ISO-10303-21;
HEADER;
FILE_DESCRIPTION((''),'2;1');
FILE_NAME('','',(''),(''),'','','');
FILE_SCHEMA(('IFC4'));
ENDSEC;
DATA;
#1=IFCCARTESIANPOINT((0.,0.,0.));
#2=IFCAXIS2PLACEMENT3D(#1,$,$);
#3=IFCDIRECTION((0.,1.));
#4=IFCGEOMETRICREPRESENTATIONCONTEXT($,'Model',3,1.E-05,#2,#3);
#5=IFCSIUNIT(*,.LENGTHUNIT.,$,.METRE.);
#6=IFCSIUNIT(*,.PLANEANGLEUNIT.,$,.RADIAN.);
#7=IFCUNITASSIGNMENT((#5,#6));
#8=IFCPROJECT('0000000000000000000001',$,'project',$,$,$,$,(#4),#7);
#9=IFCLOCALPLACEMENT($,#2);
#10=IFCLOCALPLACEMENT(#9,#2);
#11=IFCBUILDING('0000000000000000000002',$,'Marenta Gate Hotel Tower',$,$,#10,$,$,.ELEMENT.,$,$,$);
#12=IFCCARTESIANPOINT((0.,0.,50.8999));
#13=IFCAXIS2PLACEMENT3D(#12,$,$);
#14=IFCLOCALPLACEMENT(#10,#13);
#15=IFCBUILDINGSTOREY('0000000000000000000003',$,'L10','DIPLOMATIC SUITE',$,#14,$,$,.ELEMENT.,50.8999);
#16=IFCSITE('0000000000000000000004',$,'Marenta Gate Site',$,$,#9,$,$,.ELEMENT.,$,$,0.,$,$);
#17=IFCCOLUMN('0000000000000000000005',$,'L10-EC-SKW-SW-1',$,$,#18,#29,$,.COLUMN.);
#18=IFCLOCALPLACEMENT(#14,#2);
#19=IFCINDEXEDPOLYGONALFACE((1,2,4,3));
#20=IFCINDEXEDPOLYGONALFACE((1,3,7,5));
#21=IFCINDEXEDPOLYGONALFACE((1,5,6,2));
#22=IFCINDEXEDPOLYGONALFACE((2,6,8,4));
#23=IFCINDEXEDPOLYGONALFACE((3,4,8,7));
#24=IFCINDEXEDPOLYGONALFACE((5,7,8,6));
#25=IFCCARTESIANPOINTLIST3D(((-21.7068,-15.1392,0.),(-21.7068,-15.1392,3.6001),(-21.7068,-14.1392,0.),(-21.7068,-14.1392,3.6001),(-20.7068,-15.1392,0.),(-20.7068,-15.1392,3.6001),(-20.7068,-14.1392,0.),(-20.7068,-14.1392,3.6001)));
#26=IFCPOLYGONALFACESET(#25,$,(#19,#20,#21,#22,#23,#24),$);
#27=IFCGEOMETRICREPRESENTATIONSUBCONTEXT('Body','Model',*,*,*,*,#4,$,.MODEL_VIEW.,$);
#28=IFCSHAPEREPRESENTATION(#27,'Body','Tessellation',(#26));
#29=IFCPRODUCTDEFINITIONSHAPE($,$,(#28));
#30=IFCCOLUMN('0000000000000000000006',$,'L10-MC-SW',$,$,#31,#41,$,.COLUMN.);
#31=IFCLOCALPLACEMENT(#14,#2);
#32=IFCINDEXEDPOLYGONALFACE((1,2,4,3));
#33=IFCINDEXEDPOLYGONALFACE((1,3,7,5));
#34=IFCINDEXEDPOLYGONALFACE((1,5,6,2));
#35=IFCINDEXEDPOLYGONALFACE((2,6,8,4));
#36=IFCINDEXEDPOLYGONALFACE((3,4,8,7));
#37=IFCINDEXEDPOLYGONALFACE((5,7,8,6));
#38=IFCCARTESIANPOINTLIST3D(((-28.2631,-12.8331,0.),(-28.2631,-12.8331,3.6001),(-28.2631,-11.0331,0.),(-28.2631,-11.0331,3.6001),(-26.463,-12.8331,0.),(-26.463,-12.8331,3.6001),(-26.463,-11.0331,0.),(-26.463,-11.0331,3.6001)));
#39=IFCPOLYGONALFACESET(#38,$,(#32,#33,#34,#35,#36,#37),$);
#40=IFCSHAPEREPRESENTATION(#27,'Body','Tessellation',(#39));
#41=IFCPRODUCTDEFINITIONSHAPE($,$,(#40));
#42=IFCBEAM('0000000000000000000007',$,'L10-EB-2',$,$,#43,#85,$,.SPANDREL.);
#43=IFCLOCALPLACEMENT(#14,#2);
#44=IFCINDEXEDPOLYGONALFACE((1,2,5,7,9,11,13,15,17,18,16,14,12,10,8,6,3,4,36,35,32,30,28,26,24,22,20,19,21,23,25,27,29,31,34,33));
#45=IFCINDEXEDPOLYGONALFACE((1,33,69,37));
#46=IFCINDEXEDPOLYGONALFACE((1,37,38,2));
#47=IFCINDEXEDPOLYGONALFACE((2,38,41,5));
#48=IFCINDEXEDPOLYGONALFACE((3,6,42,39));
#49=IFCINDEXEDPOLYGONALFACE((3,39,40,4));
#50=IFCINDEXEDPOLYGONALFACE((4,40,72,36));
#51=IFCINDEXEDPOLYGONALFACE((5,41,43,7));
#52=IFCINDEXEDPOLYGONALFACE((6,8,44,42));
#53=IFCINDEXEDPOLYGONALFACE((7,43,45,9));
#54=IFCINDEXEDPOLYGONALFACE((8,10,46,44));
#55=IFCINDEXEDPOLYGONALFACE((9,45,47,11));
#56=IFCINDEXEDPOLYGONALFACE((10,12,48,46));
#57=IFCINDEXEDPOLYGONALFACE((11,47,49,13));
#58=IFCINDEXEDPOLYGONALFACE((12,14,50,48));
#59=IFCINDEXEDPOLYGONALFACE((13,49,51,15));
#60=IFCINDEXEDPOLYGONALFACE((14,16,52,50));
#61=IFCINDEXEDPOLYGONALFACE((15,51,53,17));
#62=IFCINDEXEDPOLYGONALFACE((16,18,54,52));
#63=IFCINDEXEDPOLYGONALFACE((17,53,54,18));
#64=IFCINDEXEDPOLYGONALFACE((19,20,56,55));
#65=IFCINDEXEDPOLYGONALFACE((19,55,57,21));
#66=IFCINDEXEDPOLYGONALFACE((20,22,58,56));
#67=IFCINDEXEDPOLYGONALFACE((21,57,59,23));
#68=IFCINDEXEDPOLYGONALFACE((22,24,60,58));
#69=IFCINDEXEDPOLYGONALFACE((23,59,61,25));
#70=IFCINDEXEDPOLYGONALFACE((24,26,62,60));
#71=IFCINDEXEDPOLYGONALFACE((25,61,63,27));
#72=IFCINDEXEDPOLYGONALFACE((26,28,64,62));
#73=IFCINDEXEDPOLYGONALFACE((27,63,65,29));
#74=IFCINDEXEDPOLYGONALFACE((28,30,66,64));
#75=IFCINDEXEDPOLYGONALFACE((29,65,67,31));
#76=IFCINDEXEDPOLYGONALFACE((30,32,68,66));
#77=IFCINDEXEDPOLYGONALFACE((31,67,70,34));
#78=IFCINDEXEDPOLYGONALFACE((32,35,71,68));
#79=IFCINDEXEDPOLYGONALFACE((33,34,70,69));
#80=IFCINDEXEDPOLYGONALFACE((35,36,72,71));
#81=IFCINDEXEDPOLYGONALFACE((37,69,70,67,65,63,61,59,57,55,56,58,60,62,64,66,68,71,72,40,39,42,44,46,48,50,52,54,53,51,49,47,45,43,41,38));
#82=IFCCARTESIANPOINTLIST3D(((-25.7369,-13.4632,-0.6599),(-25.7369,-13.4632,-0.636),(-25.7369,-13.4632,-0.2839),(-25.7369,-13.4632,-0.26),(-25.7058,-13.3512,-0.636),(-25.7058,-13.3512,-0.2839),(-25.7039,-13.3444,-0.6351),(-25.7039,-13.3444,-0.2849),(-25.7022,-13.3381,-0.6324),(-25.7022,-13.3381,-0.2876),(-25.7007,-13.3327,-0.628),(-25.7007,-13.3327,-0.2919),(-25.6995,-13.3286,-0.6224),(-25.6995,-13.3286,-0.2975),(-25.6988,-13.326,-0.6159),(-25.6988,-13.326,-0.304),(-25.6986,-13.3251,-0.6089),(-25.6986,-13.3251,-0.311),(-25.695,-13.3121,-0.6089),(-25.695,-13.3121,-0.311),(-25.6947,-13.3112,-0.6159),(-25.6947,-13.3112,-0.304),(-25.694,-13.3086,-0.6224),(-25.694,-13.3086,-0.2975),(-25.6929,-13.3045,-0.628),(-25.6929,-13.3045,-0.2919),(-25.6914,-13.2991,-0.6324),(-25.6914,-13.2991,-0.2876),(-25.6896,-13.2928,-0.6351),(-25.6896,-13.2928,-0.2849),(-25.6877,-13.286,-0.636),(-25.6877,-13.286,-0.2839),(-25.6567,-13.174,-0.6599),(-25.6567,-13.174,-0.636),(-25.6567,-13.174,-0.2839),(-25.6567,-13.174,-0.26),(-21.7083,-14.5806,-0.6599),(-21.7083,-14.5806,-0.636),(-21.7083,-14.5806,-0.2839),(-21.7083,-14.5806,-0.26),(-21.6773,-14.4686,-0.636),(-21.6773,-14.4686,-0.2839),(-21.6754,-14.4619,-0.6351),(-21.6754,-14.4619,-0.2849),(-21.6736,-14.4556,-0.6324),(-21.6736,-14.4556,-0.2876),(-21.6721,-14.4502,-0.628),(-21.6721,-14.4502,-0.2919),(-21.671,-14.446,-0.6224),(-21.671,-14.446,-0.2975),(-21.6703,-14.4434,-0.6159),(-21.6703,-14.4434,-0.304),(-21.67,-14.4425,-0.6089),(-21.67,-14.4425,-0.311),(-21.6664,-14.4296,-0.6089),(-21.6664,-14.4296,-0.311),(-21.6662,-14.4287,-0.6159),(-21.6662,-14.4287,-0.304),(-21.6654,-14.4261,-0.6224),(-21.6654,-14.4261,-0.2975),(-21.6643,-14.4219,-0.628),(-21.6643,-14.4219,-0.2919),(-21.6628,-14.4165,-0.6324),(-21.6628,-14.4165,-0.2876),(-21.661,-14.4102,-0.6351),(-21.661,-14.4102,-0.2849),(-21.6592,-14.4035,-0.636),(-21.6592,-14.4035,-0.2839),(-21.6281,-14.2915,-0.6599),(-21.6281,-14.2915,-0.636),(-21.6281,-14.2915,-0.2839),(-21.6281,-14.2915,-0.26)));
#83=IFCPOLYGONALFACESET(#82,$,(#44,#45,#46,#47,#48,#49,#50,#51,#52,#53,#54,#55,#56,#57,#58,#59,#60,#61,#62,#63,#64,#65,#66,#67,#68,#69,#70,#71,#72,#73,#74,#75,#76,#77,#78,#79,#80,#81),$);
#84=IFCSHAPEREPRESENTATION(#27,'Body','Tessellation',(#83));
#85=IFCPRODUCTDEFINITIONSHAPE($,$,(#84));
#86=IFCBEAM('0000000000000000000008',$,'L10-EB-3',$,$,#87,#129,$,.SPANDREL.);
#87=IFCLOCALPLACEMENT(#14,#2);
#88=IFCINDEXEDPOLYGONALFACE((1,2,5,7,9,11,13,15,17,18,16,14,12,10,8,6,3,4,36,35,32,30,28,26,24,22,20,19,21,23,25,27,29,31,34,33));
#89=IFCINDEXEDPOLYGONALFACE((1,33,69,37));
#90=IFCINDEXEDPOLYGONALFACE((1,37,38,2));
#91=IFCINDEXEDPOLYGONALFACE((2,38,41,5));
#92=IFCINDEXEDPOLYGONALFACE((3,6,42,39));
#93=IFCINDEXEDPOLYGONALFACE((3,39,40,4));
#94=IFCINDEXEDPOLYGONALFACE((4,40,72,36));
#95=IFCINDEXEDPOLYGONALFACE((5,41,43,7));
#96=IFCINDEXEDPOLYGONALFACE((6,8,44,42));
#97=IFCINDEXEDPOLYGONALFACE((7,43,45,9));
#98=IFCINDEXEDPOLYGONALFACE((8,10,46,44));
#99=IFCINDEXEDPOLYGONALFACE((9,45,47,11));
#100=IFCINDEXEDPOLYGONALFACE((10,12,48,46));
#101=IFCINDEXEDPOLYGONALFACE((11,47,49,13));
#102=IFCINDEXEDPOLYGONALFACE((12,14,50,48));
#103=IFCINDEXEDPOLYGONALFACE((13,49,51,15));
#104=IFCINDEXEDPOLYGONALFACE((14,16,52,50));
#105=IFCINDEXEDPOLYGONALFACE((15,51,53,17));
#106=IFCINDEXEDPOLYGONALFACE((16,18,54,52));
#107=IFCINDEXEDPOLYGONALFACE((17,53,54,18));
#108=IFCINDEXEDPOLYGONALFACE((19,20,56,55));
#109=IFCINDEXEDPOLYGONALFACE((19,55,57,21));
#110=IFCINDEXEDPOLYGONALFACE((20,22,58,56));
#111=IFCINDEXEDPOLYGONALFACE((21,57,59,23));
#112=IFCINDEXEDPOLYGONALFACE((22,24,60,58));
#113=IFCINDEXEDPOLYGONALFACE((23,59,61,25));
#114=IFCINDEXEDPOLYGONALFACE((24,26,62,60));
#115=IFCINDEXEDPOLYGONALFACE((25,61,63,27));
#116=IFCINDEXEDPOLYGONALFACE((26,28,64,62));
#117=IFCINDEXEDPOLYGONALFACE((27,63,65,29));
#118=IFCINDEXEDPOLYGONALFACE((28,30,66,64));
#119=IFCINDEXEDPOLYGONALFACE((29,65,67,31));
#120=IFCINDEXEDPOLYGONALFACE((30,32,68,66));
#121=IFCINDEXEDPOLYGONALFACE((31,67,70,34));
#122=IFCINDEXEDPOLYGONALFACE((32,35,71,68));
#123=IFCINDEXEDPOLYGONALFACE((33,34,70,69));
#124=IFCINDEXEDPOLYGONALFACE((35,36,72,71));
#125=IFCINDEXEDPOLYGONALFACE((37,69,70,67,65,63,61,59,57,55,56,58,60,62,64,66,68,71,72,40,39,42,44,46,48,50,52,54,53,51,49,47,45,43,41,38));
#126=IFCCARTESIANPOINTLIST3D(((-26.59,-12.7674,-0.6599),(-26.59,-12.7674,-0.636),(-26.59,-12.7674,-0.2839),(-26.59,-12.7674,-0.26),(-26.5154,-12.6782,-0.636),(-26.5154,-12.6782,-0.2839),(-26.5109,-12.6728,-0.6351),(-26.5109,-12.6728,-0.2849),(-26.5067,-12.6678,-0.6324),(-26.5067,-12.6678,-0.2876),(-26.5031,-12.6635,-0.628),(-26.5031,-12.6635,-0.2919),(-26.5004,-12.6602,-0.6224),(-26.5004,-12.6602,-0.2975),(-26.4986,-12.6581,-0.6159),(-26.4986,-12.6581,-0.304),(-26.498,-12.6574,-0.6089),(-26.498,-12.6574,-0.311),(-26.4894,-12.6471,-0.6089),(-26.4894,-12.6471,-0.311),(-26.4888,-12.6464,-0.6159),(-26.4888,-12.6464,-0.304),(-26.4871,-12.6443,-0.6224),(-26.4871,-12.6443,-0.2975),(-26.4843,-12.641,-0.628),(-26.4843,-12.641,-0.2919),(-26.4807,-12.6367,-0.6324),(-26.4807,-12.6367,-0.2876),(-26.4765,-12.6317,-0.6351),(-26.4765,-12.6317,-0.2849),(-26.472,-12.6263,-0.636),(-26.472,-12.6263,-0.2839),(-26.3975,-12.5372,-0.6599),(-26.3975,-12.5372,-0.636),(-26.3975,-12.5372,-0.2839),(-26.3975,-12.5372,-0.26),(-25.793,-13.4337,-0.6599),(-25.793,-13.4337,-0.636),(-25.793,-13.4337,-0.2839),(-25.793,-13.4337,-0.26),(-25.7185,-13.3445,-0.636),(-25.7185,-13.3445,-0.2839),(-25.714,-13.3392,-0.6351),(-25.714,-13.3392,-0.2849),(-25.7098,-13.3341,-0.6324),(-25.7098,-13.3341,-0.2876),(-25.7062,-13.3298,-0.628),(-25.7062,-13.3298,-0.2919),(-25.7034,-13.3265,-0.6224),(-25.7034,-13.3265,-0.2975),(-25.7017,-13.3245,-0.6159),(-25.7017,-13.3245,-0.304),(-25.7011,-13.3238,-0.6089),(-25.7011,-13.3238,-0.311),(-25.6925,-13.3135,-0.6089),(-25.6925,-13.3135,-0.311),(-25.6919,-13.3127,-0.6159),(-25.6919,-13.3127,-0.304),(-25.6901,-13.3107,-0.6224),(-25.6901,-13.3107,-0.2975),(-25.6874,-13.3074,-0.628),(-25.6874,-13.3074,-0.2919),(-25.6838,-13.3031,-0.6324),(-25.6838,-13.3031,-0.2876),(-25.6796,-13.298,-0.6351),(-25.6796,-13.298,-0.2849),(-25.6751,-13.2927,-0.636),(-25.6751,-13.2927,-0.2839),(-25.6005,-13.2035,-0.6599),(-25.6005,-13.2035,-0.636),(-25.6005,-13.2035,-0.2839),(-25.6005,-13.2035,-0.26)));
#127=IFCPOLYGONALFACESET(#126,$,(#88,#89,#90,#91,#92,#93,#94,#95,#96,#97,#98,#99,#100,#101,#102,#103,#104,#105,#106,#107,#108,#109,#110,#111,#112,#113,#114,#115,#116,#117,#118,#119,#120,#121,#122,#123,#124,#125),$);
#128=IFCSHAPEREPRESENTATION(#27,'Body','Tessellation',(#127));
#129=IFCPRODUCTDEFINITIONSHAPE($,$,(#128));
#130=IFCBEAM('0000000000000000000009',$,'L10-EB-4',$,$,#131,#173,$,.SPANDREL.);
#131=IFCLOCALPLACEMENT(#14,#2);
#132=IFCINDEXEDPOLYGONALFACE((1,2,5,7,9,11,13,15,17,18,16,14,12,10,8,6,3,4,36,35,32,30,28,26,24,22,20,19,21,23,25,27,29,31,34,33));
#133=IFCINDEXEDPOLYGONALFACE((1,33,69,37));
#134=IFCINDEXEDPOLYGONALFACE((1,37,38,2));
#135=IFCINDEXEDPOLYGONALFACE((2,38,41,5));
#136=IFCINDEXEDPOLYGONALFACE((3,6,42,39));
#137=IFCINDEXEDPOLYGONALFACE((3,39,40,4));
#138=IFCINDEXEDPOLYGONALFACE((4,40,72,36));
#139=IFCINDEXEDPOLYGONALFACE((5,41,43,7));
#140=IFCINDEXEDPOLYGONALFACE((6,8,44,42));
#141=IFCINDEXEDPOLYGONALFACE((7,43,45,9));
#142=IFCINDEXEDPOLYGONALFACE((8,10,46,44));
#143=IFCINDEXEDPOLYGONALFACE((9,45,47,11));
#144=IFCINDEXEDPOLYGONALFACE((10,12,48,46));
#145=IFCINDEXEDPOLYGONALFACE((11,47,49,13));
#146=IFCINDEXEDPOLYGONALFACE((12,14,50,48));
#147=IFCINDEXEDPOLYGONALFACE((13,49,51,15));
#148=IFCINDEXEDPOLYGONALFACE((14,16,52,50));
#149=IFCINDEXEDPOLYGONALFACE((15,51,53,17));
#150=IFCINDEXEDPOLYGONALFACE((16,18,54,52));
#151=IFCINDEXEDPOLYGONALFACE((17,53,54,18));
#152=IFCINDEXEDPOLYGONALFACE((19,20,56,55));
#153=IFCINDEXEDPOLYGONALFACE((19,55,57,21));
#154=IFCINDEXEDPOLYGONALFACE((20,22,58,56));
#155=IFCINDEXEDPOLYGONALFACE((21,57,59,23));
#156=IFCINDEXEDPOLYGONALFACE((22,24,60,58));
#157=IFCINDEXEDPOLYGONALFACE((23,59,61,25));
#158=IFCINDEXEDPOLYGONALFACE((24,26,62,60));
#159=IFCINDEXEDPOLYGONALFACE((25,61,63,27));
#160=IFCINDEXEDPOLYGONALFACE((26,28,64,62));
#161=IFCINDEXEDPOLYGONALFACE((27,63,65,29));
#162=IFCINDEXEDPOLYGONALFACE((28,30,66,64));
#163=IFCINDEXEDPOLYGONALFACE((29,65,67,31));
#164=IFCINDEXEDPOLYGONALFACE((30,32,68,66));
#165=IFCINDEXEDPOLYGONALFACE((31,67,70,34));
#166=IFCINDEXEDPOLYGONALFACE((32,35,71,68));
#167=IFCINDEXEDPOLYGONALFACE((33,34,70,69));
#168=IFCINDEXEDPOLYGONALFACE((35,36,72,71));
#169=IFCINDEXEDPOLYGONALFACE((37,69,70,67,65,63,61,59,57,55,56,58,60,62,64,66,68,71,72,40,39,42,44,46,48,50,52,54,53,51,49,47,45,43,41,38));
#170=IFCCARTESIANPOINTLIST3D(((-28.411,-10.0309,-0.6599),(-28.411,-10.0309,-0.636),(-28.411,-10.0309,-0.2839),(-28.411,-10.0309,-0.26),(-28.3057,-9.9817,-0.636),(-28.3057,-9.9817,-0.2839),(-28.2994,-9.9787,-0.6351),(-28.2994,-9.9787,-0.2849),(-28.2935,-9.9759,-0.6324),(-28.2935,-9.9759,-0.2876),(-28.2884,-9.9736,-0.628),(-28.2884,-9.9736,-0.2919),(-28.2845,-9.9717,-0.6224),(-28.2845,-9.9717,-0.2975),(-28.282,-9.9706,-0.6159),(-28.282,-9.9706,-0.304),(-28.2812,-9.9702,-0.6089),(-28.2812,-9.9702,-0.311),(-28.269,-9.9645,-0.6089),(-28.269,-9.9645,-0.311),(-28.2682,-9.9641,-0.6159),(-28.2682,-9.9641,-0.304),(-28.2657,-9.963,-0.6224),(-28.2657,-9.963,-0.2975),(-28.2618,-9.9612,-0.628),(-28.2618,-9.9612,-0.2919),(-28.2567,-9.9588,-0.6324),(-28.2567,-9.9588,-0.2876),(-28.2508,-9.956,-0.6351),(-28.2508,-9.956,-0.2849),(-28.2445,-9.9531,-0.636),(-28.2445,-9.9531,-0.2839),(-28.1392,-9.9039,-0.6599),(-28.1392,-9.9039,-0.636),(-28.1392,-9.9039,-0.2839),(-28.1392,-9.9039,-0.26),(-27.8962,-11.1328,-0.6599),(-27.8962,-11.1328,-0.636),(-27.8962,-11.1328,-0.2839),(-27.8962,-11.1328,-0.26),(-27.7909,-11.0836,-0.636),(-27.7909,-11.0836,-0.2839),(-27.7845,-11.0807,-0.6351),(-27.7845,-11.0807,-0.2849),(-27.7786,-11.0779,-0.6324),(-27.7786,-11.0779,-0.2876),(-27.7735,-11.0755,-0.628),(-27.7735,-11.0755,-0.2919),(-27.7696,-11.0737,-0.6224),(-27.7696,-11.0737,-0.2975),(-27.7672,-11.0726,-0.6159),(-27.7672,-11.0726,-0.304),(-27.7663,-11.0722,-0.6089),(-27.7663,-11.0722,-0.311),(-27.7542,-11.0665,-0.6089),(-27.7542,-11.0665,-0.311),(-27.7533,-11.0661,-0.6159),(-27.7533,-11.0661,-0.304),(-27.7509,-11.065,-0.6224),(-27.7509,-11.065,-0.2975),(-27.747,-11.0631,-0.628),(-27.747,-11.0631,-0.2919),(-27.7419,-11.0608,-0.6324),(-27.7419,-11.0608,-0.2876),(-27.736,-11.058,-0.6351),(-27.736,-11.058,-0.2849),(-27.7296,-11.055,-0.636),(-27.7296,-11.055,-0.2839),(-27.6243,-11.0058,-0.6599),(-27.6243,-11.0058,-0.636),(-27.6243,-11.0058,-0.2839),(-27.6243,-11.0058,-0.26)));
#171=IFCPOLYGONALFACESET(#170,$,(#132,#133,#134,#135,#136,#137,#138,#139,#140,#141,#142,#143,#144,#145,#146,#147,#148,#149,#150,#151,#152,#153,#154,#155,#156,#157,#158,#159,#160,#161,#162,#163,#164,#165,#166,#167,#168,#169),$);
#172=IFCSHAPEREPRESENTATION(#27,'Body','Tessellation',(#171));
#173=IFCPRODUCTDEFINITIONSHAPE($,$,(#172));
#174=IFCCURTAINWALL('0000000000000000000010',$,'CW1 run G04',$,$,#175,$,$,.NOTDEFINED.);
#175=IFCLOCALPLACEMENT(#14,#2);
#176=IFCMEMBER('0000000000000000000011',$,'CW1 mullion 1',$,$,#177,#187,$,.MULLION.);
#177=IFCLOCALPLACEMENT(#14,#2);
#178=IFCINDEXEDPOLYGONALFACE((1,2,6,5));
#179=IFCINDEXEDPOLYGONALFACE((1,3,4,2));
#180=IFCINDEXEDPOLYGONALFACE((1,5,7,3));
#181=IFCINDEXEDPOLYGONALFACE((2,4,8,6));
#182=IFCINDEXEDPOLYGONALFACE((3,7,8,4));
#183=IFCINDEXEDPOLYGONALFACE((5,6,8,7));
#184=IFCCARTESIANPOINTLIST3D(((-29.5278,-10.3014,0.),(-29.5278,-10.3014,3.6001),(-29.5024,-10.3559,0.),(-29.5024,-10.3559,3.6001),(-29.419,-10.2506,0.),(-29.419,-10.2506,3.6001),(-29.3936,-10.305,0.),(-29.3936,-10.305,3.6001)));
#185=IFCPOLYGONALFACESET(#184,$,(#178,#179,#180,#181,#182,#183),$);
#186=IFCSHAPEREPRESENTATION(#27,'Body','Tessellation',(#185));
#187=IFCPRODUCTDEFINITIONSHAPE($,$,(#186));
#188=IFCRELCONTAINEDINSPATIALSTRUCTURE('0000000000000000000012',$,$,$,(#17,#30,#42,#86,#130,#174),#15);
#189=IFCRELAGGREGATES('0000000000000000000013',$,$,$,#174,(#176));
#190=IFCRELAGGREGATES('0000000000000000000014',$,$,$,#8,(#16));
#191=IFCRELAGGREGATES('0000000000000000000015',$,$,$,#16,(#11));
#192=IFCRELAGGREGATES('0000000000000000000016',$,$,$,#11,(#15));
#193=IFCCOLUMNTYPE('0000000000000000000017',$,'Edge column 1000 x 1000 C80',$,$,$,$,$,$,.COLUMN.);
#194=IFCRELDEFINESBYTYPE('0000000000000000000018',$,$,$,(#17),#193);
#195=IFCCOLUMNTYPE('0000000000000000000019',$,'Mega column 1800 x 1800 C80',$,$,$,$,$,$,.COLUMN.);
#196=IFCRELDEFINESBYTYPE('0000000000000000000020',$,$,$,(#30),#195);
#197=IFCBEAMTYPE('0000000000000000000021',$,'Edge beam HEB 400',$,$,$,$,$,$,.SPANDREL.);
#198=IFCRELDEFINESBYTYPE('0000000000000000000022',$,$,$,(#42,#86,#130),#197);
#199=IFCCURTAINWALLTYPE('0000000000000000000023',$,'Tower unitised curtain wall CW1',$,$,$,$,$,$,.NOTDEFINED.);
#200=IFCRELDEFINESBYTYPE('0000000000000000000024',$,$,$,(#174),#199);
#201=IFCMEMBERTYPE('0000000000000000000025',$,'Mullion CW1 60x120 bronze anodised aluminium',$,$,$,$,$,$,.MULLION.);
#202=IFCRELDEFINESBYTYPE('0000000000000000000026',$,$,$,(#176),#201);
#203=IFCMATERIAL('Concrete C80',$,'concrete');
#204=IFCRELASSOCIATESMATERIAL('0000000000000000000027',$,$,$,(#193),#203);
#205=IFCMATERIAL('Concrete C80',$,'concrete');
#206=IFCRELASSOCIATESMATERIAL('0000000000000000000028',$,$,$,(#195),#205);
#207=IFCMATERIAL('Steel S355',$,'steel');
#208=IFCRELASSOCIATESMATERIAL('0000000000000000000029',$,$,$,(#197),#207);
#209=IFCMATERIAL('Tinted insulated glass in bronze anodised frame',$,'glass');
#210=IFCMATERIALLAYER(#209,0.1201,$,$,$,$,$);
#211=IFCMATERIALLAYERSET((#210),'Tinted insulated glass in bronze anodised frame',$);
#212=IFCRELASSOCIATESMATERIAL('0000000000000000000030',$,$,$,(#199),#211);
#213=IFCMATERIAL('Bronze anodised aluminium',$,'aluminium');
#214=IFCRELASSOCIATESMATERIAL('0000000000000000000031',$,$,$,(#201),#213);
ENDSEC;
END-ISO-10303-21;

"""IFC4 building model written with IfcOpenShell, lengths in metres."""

from ifc_helpers import new_model, si_unit, direction, frame, origin, origin_2d, place, context, subcontext, project, spatial, rectangle, i_section, extrude, material, layer, layer_set, material_profile, profile_set, type_object, element, aggregate, save


model = new_model("IFC4")

# Units and contexts
model_context = context("Model", 3, precision=1e-05, world=origin(), true_north=direction((0.0, 1.0)))
body_context = subcontext(model_context, "Body", "Model", "MODEL_VIEW")
ifc_project = project(units=[si_unit("LENGTHUNIT", "METRE"), si_unit("PLANEANGLEUNIT", "RADIAN")], contexts=[model_context])

# Site, building, storey
site_placement = place(None, origin())
site = spatial("IfcSite", under=ifc_project, at=site_placement, Name="Marenta Gate Site", CompositionType="ELEMENT", RefElevation=0.0)
building_placement = place(site_placement, origin())
building = spatial("IfcBuilding", under=site, at=building_placement, Name="Marenta Gate Hotel Tower", CompositionType="ELEMENT")
storey_placement = place(building_placement, frame((0.0, 0.0, 50.8999)))
storey = spatial("IfcBuildingStorey", under=building, at=storey_placement, Name="L10", Description="DIPLOMATIC SUITE", CompositionType="ELEMENT", Elevation=50.8999)

# Columns
ifc_material_1 = material(Name="Concrete C80", Category="concrete")
ifc_material_profile_1 = material_profile(ifc_material_1, rectangle(XDim=1.0, YDim=1.0, at=origin_2d()), Name="1000 x 1000")
ifc_profile_set_1 = profile_set([ifc_material_profile_1], Name="Concrete C80")
column_type_1 = type_object("IfcColumnType", Name="Edge column 1000 x 1000 C80", PredefinedType="COLUMN", material=ifc_profile_set_1)
column_1_placement = place(storey_placement, frame((-21.2068, -14.6392, 0.0), z_axis=(0.0, 0.0, 1.0), x_axis=(1.0, 0.0, 0.0)))
element("IfcColumn", 1, at=column_1_placement, inside=storey, type_object=column_type_1, Name="L10-EC-SKW-SW-1", PredefinedType="COLUMN", context=body_context, shape_type="SweptSolid", body=[
    extrude(rectangle(XDim=1.0, YDim=1.0, at=origin_2d()), origin(), (0.0, 0.0, 1.0), 3.6001),
])
ifc_material_2 = material(Name="Concrete C80", Category="concrete")
ifc_material_profile_2 = material_profile(ifc_material_2, rectangle(XDim=1.8, YDim=1.8, at=origin_2d()), Name="1800 x 1800")
ifc_profile_set_2 = profile_set([ifc_material_profile_2], Name="Concrete C80")
column_type_2 = type_object("IfcColumnType", Name="Mega column 1800 x 1800 C80", PredefinedType="COLUMN", material=ifc_profile_set_2)
column_2_placement = place(storey_placement, frame((-27.363, -11.9331, 0.0), z_axis=(0.0, 0.0, 1.0), x_axis=(1.0, 0.0, 0.0)))
element("IfcColumn", 2, at=column_2_placement, inside=storey, type_object=column_type_2, Name="L10-MC-SW", PredefinedType="COLUMN", context=body_context, shape_type="SweptSolid", body=[
    extrude(rectangle(XDim=1.8, YDim=1.8, at=origin_2d()), origin(), (0.0, 0.0, 1.0), 3.6001),
])

# Beams
ifc_material_3 = material(Name="Steel S355", Category="steel")
ifc_material_profile_3 = material_profile(ifc_material_3, i_section(OverallWidth=0.3, OverallDepth=0.3999, WebThickness=0.0134, FlangeThickness=0.0239, FilletRadius=0.0271, at=origin_2d()), Name="HEB 400")
ifc_profile_set_3 = profile_set([ifc_material_profile_3], Name="Steel S355")
beam_type = type_object("IfcBeamType", Name="Edge beam HEB 400", PredefinedType="SPANDREL", material=ifc_profile_set_3)
beam_1_placement = place(storey_placement, frame((-21.6682, -14.436, -0.46), z_axis=(-0.963617, 0.267285, 0.0), x_axis=(-0.267285, -0.963617, 0.0)))
element("IfcBeam", 3, at=beam_1_placement, inside=storey, type_object=beam_type, Name="L10-EB-2", PredefinedType="SPANDREL", context=body_context, shape_type="SweptSolid", body=[
    extrude(i_section(OverallWidth=0.3, OverallDepth=0.3999, WebThickness=0.0134, FlangeThickness=0.0239, FilletRadius=0.0271, at=origin_2d()), origin(), (0.0, 0.0, 1.0), 4.1807),
])
beam_2_placement = place(storey_placement, frame((-25.6968, -13.3186, -0.46), z_axis=(-0.76718, 0.641432, 0.0), x_axis=(-0.641432, -0.76718, 0.0)))
element("IfcBeam", 4, at=beam_2_placement, inside=storey, type_object=beam_type, Name="L10-EB-3", PredefinedType="SPANDREL", context=body_context, shape_type="SweptSolid", body=[
    extrude(i_section(OverallWidth=0.3, OverallDepth=0.3999, WebThickness=0.0134, FlangeThickness=0.0239, FilletRadius=0.0271, at=origin_2d()), origin(), (0.0, 0.0, 1.0), 1.0388),
])
beam_3_placement = place(storey_placement, frame((-27.7603, -11.0693, -0.46), z_axis=(-0.423292, 0.905993, 0.0), x_axis=(-0.905993, -0.423292, 0.0)))
element("IfcBeam", 5, at=beam_3_placement, inside=storey, type_object=beam_type, Name="L10-EB-4", PredefinedType="SPANDREL", context=body_context, shape_type="SweptSolid", body=[
    extrude(i_section(OverallWidth=0.3, OverallDepth=0.3999, WebThickness=0.0134, FlangeThickness=0.0239, FilletRadius=0.0271, at=origin_2d()), origin(), (0.0, 0.0, 1.0), 1.2163),
])

# Curtain wall, member
ifc_material_4 = material(Name="Tinted insulated glass in bronze anodised frame", Category="glass")
ifc_layer_1 = layer(ifc_material_4, 0.1201)
ifc_layer_set_1 = layer_set([ifc_layer_1], Name="Tinted insulated glass in bronze anodised frame")
curtain_wall_type = type_object("IfcCurtainWallType", Name="Tower unitised curtain wall CW1", PredefinedType="NOTDEFINED", material=ifc_layer_set_1)
curtain_wall_1_placement = place(storey_placement, origin())
curtain_wall_1 = element("IfcCurtainWall", 6, at=curtain_wall_1_placement, inside=storey, type_object=curtain_wall_type, Name="CW1 run G04", PredefinedType="NOTDEFINED")
ifc_material_5 = material(Name="Bronze anodised aluminium", Category="aluminium")
ifc_material_profile_4 = material_profile(ifc_material_5, rectangle(XDim=0.1201, YDim=0.0601, at=origin_2d()), Name="Mullion CW1 60x120 bronze anodised aluminium")
ifc_profile_set_4 = profile_set([ifc_material_profile_4], Name="Bronze anodised aluminium")
member_type_1 = type_object("IfcMemberType", Name="Mullion CW1 60x120 bronze anodised aluminium", PredefinedType="MULLION", material=ifc_profile_set_4)
member_1_placement = place(storey_placement, frame((-29.4607, -10.3032, 0.0), z_axis=(0.0, 0.0, 1.0), x_axis=(0.90597, 0.423342, 0.0)))
member_1 = element("IfcMember", 7, at=member_1_placement, type_object=member_type_1, Name="CW1 mullion 1", PredefinedType="MULLION", context=body_context, shape_type="SweptSolid", body=[
    extrude(rectangle(XDim=0.1201, YDim=0.0601, at=origin_2d()), origin(), (0.0, 0.0, 1.0), 3.6001),
])

aggregate(curtain_wall_1, [member_1])

save(model, "model.ifc")
